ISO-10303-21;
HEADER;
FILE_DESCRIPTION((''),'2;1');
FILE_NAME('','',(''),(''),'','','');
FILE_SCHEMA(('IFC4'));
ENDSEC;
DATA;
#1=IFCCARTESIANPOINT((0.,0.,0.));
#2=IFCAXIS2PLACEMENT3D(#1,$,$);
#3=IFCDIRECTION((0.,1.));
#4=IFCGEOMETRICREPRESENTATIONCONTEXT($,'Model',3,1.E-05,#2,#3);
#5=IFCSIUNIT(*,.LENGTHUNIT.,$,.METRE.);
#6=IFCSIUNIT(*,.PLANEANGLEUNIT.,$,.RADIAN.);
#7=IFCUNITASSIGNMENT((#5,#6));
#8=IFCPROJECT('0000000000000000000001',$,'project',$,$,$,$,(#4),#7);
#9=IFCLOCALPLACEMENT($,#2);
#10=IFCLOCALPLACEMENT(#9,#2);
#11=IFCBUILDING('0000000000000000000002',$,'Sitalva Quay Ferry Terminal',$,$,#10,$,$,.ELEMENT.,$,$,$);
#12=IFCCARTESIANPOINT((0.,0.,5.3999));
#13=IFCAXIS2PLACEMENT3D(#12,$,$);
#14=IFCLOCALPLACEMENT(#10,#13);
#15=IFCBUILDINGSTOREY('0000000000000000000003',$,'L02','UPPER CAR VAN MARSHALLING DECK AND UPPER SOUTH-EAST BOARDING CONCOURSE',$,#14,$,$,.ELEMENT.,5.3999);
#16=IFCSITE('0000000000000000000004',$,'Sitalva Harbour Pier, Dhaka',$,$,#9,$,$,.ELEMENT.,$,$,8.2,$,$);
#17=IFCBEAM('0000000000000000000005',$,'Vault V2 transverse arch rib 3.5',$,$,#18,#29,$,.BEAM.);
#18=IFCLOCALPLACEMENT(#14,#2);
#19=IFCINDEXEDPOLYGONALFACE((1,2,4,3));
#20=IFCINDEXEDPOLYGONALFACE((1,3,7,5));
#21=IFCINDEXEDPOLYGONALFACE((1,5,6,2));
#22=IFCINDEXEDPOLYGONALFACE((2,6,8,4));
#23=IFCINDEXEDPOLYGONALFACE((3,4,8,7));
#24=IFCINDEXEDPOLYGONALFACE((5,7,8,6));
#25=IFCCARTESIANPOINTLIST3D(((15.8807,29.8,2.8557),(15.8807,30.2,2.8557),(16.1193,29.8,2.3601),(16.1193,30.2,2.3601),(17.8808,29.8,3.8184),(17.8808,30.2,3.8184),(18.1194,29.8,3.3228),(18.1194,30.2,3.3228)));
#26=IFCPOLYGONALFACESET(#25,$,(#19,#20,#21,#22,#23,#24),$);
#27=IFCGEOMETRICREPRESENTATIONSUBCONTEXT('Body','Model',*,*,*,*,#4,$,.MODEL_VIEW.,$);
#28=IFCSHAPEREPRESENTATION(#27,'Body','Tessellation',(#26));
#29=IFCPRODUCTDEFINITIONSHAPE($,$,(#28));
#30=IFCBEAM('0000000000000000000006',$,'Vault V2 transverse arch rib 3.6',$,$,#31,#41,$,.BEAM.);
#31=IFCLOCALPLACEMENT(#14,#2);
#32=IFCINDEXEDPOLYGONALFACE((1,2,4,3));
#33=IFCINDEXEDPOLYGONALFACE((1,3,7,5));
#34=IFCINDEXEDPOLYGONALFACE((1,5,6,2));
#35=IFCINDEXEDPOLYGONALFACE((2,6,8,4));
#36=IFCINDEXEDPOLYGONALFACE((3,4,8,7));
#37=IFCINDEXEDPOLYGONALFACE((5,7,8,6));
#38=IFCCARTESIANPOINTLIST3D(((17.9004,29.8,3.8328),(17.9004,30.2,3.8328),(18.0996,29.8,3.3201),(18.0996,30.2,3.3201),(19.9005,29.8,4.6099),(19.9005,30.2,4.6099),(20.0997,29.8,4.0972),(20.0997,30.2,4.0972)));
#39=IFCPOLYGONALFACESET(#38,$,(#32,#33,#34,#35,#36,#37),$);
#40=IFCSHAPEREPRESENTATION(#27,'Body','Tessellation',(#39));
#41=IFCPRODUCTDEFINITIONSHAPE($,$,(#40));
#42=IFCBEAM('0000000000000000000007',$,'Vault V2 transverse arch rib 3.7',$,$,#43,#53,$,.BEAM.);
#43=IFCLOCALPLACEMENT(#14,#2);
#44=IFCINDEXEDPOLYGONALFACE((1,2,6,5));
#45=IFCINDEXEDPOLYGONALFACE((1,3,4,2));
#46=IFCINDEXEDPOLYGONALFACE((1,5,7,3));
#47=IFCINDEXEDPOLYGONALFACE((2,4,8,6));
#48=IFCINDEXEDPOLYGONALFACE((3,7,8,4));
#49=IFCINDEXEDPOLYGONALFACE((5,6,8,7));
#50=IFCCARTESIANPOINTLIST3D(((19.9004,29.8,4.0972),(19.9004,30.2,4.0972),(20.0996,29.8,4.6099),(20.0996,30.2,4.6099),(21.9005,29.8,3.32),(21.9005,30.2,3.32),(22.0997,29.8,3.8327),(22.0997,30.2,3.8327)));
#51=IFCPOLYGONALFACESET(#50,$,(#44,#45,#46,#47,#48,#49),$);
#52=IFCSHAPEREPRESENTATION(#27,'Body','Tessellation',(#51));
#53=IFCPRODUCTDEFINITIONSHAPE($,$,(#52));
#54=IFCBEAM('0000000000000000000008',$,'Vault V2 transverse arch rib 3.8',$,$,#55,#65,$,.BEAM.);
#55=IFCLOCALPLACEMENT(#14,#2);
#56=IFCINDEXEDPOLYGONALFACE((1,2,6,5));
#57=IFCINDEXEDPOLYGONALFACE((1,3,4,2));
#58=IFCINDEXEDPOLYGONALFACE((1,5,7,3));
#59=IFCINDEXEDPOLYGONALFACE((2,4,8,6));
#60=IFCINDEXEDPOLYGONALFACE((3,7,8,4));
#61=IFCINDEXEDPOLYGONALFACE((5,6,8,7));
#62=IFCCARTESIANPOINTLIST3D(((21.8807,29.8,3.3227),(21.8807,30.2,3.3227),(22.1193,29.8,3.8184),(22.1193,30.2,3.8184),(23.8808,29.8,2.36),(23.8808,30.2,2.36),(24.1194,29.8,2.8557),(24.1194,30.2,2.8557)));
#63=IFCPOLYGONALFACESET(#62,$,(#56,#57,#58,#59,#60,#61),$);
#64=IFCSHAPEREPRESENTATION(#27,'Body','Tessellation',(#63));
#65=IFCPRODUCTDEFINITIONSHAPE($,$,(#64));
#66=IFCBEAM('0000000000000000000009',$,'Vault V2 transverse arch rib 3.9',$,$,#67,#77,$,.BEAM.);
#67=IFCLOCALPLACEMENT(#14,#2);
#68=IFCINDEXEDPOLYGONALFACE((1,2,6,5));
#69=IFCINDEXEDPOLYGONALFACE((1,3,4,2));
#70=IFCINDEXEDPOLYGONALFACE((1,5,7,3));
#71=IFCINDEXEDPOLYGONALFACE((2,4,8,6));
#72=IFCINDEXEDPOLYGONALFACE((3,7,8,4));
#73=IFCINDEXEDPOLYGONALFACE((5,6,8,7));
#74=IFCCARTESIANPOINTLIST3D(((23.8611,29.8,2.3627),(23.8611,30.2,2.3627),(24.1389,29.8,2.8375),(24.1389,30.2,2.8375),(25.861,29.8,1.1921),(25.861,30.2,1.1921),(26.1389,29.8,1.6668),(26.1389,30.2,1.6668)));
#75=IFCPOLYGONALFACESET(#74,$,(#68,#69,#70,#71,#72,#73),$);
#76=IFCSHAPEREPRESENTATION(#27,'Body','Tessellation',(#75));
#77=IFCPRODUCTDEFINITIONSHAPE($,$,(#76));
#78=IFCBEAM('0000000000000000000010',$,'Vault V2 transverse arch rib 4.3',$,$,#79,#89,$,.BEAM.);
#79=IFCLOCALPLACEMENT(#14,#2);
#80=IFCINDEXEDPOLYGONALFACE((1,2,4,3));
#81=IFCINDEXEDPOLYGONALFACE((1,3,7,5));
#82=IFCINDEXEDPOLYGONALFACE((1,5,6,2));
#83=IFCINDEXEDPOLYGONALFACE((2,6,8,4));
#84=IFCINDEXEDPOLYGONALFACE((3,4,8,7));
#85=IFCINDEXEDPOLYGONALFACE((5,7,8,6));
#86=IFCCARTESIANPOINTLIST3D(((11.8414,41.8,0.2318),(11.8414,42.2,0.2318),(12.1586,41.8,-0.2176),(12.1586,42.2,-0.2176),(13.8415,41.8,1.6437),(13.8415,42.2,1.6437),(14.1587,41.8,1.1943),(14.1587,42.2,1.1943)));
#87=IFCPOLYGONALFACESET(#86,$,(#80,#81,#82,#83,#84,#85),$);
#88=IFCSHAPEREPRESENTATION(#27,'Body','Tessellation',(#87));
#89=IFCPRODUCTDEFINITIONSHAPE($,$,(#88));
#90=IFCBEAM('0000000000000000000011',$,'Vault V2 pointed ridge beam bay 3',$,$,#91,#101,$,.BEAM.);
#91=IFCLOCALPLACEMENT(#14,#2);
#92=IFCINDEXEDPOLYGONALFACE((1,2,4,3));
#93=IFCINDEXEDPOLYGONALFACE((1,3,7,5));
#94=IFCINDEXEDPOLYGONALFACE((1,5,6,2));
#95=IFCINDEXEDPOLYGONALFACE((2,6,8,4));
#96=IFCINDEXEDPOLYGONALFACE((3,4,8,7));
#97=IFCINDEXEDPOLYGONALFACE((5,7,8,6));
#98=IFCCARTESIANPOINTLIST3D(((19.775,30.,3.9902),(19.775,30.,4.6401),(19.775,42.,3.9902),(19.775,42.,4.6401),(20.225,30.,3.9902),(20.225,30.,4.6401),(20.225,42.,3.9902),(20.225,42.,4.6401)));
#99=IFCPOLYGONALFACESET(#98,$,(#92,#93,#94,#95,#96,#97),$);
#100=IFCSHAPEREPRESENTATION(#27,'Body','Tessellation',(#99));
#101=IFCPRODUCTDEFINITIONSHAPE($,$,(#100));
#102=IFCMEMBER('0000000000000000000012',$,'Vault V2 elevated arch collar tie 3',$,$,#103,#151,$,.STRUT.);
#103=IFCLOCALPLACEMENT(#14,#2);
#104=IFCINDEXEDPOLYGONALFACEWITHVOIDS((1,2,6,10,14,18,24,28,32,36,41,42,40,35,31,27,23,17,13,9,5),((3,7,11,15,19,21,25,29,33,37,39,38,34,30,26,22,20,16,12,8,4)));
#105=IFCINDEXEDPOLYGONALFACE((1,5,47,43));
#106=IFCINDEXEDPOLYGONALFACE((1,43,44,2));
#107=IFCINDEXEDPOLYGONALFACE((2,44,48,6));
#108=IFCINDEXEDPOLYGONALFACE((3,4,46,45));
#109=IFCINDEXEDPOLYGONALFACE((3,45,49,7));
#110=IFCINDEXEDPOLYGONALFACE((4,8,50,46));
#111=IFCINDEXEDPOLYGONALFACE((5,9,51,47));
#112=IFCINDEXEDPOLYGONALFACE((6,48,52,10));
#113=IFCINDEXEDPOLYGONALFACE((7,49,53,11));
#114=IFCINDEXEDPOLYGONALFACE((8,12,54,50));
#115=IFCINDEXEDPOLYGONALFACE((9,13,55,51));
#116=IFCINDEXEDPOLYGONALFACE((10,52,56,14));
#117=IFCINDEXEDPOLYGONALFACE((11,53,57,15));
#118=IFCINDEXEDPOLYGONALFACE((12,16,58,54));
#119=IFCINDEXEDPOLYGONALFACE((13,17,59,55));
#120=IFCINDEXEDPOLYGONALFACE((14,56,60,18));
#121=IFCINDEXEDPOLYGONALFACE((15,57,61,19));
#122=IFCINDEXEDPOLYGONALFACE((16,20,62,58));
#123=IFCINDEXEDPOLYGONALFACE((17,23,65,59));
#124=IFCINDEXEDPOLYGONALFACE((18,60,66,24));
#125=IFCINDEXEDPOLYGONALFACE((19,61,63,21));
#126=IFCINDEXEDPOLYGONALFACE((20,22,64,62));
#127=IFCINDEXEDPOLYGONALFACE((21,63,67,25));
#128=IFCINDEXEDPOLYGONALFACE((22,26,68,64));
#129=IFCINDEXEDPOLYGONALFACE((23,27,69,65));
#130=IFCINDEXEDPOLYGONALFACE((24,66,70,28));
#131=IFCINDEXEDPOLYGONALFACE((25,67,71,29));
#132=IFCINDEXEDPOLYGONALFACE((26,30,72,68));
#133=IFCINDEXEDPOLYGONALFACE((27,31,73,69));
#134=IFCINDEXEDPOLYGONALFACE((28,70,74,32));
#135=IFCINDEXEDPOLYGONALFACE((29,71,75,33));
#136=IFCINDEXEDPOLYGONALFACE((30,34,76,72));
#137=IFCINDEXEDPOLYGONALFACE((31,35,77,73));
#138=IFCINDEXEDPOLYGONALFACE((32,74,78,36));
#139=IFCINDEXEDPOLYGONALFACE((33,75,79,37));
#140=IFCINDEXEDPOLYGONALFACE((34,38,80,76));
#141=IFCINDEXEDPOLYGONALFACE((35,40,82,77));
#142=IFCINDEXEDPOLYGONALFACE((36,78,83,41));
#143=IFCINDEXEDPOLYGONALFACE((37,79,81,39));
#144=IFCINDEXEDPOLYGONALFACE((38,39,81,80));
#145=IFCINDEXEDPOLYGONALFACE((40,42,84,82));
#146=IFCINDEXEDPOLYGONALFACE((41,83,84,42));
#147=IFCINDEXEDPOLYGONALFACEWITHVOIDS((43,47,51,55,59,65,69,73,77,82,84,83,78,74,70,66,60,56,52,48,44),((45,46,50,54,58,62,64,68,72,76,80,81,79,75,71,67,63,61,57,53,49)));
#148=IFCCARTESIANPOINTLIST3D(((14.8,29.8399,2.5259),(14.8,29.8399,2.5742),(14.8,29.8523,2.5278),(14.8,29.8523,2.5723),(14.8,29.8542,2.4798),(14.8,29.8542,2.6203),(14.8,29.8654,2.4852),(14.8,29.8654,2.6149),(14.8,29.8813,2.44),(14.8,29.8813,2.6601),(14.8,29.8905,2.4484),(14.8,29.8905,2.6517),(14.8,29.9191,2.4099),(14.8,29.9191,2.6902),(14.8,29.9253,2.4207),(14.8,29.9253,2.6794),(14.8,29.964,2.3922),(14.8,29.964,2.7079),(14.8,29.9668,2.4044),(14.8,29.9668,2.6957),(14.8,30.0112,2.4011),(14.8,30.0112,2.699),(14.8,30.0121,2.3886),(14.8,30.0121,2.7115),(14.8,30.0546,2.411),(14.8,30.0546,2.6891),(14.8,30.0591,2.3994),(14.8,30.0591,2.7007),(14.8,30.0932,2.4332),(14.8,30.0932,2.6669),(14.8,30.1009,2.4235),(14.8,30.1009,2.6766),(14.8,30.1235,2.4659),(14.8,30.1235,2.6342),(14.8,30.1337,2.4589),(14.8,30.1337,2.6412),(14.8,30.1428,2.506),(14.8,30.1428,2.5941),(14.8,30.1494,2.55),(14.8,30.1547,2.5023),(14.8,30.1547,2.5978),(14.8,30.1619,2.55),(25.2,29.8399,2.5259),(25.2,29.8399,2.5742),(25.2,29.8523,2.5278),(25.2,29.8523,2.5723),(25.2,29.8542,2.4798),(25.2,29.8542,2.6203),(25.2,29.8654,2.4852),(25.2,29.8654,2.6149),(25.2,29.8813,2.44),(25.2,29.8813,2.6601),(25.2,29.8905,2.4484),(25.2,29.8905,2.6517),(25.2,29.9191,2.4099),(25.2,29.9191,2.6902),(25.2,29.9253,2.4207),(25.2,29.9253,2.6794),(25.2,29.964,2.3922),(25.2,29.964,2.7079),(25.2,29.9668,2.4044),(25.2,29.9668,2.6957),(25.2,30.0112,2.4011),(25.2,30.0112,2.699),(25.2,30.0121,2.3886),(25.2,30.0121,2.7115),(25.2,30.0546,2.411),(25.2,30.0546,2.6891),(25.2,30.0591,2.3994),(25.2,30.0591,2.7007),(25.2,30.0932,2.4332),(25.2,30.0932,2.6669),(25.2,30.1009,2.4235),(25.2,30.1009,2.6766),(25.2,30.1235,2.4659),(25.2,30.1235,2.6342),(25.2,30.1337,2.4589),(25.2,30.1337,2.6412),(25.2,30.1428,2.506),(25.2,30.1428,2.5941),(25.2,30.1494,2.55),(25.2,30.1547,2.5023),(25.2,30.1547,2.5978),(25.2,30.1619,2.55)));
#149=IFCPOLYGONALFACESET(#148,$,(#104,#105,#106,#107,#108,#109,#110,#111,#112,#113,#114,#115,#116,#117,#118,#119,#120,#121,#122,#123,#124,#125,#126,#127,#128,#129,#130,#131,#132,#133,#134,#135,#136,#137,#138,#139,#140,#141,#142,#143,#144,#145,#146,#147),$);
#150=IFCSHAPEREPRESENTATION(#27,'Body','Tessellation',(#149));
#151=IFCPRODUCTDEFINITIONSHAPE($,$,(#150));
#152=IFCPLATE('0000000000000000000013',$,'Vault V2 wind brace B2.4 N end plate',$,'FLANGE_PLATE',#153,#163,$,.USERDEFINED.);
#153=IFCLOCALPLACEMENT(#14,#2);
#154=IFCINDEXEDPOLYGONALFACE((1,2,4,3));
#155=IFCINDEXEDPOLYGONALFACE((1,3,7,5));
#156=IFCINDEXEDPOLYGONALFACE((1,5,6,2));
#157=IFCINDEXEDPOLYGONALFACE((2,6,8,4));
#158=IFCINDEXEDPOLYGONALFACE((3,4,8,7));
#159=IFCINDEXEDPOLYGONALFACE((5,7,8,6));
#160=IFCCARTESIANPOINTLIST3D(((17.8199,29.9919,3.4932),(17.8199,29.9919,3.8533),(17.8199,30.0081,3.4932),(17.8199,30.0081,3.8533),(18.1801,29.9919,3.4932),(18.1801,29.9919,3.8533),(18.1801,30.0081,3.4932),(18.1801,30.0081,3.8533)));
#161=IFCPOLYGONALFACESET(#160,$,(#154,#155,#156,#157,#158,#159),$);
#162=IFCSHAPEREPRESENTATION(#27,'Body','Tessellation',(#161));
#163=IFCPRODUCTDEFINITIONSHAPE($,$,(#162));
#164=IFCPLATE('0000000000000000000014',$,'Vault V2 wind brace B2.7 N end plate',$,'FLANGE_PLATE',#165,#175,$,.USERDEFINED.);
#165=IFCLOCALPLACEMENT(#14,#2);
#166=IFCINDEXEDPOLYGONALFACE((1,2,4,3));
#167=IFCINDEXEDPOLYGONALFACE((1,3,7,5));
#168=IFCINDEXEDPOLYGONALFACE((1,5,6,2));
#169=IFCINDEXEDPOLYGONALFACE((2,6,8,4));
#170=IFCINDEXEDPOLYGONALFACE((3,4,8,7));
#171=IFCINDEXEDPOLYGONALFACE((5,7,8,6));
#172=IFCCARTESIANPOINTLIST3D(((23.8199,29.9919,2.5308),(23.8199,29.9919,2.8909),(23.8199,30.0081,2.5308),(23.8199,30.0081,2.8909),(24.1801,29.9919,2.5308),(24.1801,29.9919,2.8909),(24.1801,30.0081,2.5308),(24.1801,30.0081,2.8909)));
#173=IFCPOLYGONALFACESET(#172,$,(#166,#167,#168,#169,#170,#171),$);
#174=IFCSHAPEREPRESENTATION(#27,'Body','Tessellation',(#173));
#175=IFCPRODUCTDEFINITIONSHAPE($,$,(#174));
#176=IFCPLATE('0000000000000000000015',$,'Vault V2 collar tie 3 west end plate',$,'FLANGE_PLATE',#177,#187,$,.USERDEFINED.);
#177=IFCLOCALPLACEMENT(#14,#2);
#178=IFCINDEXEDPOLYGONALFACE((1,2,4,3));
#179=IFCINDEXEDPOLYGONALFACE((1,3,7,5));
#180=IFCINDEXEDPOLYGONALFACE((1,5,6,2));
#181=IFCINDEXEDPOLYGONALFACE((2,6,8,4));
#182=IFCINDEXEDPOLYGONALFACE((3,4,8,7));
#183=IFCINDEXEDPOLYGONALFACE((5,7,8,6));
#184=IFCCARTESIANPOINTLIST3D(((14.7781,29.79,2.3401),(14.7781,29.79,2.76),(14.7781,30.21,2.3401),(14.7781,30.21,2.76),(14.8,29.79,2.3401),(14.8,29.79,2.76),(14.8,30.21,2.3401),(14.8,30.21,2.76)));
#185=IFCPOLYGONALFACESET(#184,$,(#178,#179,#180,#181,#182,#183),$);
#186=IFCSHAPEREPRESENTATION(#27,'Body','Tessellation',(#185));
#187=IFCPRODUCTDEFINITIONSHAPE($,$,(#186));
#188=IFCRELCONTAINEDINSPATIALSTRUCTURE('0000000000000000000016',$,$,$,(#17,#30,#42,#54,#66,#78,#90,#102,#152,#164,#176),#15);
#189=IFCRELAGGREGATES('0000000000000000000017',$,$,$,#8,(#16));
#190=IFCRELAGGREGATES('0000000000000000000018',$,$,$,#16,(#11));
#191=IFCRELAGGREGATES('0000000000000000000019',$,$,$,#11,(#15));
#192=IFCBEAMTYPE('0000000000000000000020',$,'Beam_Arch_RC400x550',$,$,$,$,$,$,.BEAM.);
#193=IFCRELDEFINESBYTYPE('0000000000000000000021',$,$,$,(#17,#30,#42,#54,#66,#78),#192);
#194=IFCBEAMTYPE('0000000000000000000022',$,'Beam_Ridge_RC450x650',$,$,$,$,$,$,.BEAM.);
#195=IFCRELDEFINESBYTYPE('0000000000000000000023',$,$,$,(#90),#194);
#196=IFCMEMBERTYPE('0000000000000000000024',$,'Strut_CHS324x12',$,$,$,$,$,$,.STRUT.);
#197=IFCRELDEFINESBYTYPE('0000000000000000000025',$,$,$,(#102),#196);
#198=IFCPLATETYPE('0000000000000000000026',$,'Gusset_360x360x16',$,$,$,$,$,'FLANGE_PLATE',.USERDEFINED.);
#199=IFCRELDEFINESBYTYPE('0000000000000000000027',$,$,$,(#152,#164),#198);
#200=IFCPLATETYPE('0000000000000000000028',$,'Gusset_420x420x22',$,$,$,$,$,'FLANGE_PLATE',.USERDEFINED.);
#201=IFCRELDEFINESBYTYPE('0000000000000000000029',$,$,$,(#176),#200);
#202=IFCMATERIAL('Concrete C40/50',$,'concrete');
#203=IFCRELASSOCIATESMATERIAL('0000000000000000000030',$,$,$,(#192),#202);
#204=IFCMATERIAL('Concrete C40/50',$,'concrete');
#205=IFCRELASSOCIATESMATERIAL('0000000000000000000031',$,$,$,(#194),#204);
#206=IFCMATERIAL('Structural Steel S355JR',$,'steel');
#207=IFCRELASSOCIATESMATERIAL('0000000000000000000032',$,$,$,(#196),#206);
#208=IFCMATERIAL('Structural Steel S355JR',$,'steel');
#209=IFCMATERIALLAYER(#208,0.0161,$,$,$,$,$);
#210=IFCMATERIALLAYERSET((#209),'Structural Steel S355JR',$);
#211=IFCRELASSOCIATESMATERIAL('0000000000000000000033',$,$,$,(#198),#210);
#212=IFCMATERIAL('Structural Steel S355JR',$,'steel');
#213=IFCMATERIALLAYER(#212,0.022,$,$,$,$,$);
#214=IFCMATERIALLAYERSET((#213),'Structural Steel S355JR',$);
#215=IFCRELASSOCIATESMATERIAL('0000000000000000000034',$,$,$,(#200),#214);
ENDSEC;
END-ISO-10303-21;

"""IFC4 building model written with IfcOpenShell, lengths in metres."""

from ifc_helpers import new_model, si_unit, direction, frame, origin, origin_2d, place, context, subcontext, project, spatial, rectangle, hollow_circle, extrude, material, layer, layer_set, material_profile, profile_set, type_object, element, save


model = new_model("IFC4")

# Units and contexts
model_context = context("Model", 3, precision=1e-05, world=origin(), true_north=direction((0.0, 1.0)))
body_context = subcontext(model_context, "Body", "Model", "MODEL_VIEW")
ifc_project = project(units=[si_unit("LENGTHUNIT", "METRE"), si_unit("PLANEANGLEUNIT", "RADIAN")], contexts=[model_context])

# Site, building, storey
site_placement = place(None, origin())
site = spatial("IfcSite", under=ifc_project, at=site_placement, Name="Sitalva Harbour Pier, Dhaka", CompositionType="ELEMENT", RefElevation=8.2)
building_placement = place(site_placement, origin())
building = spatial("IfcBuilding", under=site, at=building_placement, Name="Sitalva Quay Ferry Terminal", CompositionType="ELEMENT")
storey_placement = place(building_placement, frame((0.0, 0.0, 5.3999)))
storey = spatial("IfcBuildingStorey", under=building, at=storey_placement, Name="L02", Description="UPPER CAR VAN MARSHALLING DECK AND UPPER SOUTH-EAST BOARDING CONCOURSE", CompositionType="ELEMENT", Elevation=5.3999)

# Beams
ifc_material_1 = material(Name="Concrete C40/50", Category="concrete")
ifc_material_profile_1 = material_profile(ifc_material_1, rectangle(XDim=0.3999, YDim=0.55, at=origin_2d()), Name="RC400x550")
ifc_profile_set_1 = profile_set([ifc_material_profile_1], Name="Concrete C40/50")
beam_type_1 = type_object("IfcBeamType", Name="Beam_Arch_RC400x550", PredefinedType="BEAM", material=ifc_profile_set_1)
beam_1_placement = place(storey_placement, frame((16.0, 30.0, 2.6079), z_axis=(0.901057, 0.0, 0.4337), x_axis=(0.0, 1.0, 0.0)))
element("IfcBeam", 1, at=beam_1_placement, inside=storey, type_object=beam_type_1, Name="Vault V2 transverse arch rib 3.5", PredefinedType="BEAM", context=body_context, shape_type="SweptSolid", body=[
    extrude(rectangle(XDim=0.3999, YDim=0.55, at=origin_2d()), origin(), (0.0, 0.0, 1.0), 2.2197),
])
for number, where, z_axis, x_axis, name in (
    (2, (18.0, 30.0, 3.5764), (0.932111, 0.0, 0.362172), (0.0, 1.0, 0.0), "Vault V2 transverse arch rib 3.6"),
    (3, (20.0, 30.0, 4.3535), (0.932111, 0.0, -0.362172), (0.0, 1.0, 0.0), "Vault V2 transverse arch rib 3.7"),
):
    element("IfcBeam", number, at=place(storey_placement, frame(where, z_axis=z_axis, x_axis=x_axis)), inside=storey, type_object=beam_type_1, Name=name, PredefinedType="BEAM", context=body_context, shape_type="SweptSolid", body=[
        extrude(rectangle(XDim=0.3999, YDim=0.55, at=origin_2d()), origin(), (0.0, 0.0, 1.0), 2.1458),
    ])
beam_2_placement = place(storey_placement, frame((22.0, 30.0, 3.5706), z_axis=(0.901057, 0.0, -0.4337), x_axis=(0.0, 1.0, 0.0)))
element("IfcBeam", 4, at=beam_2_placement, inside=storey, type_object=beam_type_1, Name="Vault V2 transverse arch rib 3.8", PredefinedType="BEAM", context=body_context, shape_type="SweptSolid", body=[
    extrude(rectangle(XDim=0.3999, YDim=0.55, at=origin_2d()), origin(), (0.0, 0.0, 1.0), 2.2197),
])
beam_3_placement = place(storey_placement, frame((24.0, 30.0, 2.6001), z_axis=(0.863029, 0.0, -0.505154), x_axis=(0.0, 1.0, 0.0)))
element("IfcBeam", 5, at=beam_3_placement, inside=storey, type_object=beam_type_1, Name="Vault V2 transverse arch rib 3.9", PredefinedType="BEAM", context=body_context, shape_type="SweptSolid", body=[
    extrude(rectangle(XDim=0.3999, YDim=0.55, at=origin_2d()), origin(), (0.0, 0.0, 1.0), 2.3174),
])
beam_4_placement = place(storey_placement, frame((12.0, 42.0, 0.0071), z_axis=(0.816949, 0.0, 0.576711), x_axis=(0.0, 1.0, 0.0)))
element("IfcBeam", 6, at=beam_4_placement, inside=storey, type_object=beam_type_1, Name="Vault V2 transverse arch rib 4.3", PredefinedType="BEAM", context=body_context, shape_type="SweptSolid", body=[
    extrude(rectangle(XDim=0.3999, YDim=0.55, at=origin_2d()), origin(), (0.0, 0.0, 1.0), 2.4482),
])
ifc_material_2 = material(Name="Concrete C40/50", Category="concrete")
ifc_material_profile_2 = material_profile(ifc_material_2, rectangle(XDim=0.45, YDim=0.6499, at=origin_2d()), Name="RC450x650")
ifc_profile_set_2 = profile_set([ifc_material_profile_2], Name="Concrete C40/50")
beam_type_2 = type_object("IfcBeamType", Name="Beam_Ridge_RC450x650", PredefinedType="BEAM", material=ifc_profile_set_2)
beam_5_placement = place(storey_placement, frame((20.0, 30.0, 4.3152), z_axis=(0.0, 1.0, 0.0), x_axis=(-1.0, 0.0, 0.0)))
element("IfcBeam", 7, at=beam_5_placement, inside=storey, type_object=beam_type_2, Name="Vault V2 pointed ridge beam bay 3", PredefinedType="BEAM", context=body_context, shape_type="SweptSolid", body=[
    extrude(rectangle(XDim=0.45, YDim=0.6499, at=origin_2d()), origin(), (0.0, 0.0, 1.0), 12.0),
])

# Member
ifc_material_3 = material(Name="Structural Steel S355JR", Category="steel")
ifc_material_profile_3 = material_profile(ifc_material_3, hollow_circle(Radius=0.1619, WallThickness=0.0125, at=origin_2d()), Name="CHS324x12.5")
ifc_profile_set_3 = profile_set([ifc_material_profile_3], Name="Structural Steel S355JR")
member_type = type_object("IfcMemberType", Name="Strut_CHS324x12", PredefinedType="STRUT", material=ifc_profile_set_3)
member_placement = place(storey_placement, frame((14.8, 30.0, 2.55), z_axis=(1.0, 0.0, 0.0), x_axis=(0.0, 1.0, 0.0)))
element("IfcMember", 8, at=member_placement, inside=storey, type_object=member_type, Name="Vault V2 elevated arch collar tie 3", PredefinedType="STRUT", context=body_context, shape_type="SweptSolid", body=[
    extrude(hollow_circle(Radius=0.1619, WallThickness=0.0125, at=origin_2d()), origin(), (0.0, 0.0, 1.0), 10.3999),
])

# Plates
ifc_material_4 = material(Name="Structural Steel S355JR", Category="steel")
ifc_layer_1 = layer(ifc_material_4, 0.0161)
ifc_layer_set_1 = layer_set([ifc_layer_1], Name="Structural Steel S355JR")
plate_type_1 = type_object("IfcPlateType", Name="Gusset_360x360x16", ElementType="FLANGE_PLATE", PredefinedType="USERDEFINED", material=ifc_layer_set_1)
for number, where, z_axis, x_axis, name in (
    (9, (18.0, 30.0, 3.4932), (0.0, 0.0, 1.0), (1.0, 0.0, 0.0), "Vault V2 wind brace B2.4 N end plate"),
    (10, (24.0, 30.0, 2.5308), (0.0, 0.0, 1.0), (1.0, 0.0, 0.0), "Vault V2 wind brace B2.7 N end plate"),
):
    element("IfcPlate", number, at=place(storey_placement, frame(where, z_axis=z_axis, x_axis=x_axis)), inside=storey, type_object=plate_type_1, Name=name, ObjectType="FLANGE_PLATE", PredefinedType="USERDEFINED", context=body_context, shape_type="SweptSolid", body=[
        extrude(rectangle(XDim=0.3601, YDim=0.0161, at=origin_2d()), origin(), (0.0, 0.0, 1.0), 0.3601),
    ])
ifc_material_5 = material(Name="Structural Steel S355JR", Category="steel")
ifc_layer_2 = layer(ifc_material_5, 0.022)
ifc_layer_set_2 = layer_set([ifc_layer_2], Name="Structural Steel S355JR")
plate_type_2 = type_object("IfcPlateType", Name="Gusset_420x420x22", ElementType="FLANGE_PLATE", PredefinedType="USERDEFINED", material=ifc_layer_set_2)
plate_placement = place(storey_placement, frame((14.7891, 30.0, 2.3401), z_axis=(0.0, 0.0, 1.0), x_axis=(1.0, 0.0, 0.0)))
element("IfcPlate", 11, at=plate_placement, inside=storey, type_object=plate_type_2, Name="Vault V2 collar tie 3 west end plate", ObjectType="FLANGE_PLATE", PredefinedType="USERDEFINED", context=body_context, shape_type="SweptSolid", body=[
    extrude(rectangle(XDim=0.022, YDim=0.4199, at=origin_2d()), origin(), (0.0, 0.0, 1.0), 0.4199),
])

save(model, "model.ifc")
